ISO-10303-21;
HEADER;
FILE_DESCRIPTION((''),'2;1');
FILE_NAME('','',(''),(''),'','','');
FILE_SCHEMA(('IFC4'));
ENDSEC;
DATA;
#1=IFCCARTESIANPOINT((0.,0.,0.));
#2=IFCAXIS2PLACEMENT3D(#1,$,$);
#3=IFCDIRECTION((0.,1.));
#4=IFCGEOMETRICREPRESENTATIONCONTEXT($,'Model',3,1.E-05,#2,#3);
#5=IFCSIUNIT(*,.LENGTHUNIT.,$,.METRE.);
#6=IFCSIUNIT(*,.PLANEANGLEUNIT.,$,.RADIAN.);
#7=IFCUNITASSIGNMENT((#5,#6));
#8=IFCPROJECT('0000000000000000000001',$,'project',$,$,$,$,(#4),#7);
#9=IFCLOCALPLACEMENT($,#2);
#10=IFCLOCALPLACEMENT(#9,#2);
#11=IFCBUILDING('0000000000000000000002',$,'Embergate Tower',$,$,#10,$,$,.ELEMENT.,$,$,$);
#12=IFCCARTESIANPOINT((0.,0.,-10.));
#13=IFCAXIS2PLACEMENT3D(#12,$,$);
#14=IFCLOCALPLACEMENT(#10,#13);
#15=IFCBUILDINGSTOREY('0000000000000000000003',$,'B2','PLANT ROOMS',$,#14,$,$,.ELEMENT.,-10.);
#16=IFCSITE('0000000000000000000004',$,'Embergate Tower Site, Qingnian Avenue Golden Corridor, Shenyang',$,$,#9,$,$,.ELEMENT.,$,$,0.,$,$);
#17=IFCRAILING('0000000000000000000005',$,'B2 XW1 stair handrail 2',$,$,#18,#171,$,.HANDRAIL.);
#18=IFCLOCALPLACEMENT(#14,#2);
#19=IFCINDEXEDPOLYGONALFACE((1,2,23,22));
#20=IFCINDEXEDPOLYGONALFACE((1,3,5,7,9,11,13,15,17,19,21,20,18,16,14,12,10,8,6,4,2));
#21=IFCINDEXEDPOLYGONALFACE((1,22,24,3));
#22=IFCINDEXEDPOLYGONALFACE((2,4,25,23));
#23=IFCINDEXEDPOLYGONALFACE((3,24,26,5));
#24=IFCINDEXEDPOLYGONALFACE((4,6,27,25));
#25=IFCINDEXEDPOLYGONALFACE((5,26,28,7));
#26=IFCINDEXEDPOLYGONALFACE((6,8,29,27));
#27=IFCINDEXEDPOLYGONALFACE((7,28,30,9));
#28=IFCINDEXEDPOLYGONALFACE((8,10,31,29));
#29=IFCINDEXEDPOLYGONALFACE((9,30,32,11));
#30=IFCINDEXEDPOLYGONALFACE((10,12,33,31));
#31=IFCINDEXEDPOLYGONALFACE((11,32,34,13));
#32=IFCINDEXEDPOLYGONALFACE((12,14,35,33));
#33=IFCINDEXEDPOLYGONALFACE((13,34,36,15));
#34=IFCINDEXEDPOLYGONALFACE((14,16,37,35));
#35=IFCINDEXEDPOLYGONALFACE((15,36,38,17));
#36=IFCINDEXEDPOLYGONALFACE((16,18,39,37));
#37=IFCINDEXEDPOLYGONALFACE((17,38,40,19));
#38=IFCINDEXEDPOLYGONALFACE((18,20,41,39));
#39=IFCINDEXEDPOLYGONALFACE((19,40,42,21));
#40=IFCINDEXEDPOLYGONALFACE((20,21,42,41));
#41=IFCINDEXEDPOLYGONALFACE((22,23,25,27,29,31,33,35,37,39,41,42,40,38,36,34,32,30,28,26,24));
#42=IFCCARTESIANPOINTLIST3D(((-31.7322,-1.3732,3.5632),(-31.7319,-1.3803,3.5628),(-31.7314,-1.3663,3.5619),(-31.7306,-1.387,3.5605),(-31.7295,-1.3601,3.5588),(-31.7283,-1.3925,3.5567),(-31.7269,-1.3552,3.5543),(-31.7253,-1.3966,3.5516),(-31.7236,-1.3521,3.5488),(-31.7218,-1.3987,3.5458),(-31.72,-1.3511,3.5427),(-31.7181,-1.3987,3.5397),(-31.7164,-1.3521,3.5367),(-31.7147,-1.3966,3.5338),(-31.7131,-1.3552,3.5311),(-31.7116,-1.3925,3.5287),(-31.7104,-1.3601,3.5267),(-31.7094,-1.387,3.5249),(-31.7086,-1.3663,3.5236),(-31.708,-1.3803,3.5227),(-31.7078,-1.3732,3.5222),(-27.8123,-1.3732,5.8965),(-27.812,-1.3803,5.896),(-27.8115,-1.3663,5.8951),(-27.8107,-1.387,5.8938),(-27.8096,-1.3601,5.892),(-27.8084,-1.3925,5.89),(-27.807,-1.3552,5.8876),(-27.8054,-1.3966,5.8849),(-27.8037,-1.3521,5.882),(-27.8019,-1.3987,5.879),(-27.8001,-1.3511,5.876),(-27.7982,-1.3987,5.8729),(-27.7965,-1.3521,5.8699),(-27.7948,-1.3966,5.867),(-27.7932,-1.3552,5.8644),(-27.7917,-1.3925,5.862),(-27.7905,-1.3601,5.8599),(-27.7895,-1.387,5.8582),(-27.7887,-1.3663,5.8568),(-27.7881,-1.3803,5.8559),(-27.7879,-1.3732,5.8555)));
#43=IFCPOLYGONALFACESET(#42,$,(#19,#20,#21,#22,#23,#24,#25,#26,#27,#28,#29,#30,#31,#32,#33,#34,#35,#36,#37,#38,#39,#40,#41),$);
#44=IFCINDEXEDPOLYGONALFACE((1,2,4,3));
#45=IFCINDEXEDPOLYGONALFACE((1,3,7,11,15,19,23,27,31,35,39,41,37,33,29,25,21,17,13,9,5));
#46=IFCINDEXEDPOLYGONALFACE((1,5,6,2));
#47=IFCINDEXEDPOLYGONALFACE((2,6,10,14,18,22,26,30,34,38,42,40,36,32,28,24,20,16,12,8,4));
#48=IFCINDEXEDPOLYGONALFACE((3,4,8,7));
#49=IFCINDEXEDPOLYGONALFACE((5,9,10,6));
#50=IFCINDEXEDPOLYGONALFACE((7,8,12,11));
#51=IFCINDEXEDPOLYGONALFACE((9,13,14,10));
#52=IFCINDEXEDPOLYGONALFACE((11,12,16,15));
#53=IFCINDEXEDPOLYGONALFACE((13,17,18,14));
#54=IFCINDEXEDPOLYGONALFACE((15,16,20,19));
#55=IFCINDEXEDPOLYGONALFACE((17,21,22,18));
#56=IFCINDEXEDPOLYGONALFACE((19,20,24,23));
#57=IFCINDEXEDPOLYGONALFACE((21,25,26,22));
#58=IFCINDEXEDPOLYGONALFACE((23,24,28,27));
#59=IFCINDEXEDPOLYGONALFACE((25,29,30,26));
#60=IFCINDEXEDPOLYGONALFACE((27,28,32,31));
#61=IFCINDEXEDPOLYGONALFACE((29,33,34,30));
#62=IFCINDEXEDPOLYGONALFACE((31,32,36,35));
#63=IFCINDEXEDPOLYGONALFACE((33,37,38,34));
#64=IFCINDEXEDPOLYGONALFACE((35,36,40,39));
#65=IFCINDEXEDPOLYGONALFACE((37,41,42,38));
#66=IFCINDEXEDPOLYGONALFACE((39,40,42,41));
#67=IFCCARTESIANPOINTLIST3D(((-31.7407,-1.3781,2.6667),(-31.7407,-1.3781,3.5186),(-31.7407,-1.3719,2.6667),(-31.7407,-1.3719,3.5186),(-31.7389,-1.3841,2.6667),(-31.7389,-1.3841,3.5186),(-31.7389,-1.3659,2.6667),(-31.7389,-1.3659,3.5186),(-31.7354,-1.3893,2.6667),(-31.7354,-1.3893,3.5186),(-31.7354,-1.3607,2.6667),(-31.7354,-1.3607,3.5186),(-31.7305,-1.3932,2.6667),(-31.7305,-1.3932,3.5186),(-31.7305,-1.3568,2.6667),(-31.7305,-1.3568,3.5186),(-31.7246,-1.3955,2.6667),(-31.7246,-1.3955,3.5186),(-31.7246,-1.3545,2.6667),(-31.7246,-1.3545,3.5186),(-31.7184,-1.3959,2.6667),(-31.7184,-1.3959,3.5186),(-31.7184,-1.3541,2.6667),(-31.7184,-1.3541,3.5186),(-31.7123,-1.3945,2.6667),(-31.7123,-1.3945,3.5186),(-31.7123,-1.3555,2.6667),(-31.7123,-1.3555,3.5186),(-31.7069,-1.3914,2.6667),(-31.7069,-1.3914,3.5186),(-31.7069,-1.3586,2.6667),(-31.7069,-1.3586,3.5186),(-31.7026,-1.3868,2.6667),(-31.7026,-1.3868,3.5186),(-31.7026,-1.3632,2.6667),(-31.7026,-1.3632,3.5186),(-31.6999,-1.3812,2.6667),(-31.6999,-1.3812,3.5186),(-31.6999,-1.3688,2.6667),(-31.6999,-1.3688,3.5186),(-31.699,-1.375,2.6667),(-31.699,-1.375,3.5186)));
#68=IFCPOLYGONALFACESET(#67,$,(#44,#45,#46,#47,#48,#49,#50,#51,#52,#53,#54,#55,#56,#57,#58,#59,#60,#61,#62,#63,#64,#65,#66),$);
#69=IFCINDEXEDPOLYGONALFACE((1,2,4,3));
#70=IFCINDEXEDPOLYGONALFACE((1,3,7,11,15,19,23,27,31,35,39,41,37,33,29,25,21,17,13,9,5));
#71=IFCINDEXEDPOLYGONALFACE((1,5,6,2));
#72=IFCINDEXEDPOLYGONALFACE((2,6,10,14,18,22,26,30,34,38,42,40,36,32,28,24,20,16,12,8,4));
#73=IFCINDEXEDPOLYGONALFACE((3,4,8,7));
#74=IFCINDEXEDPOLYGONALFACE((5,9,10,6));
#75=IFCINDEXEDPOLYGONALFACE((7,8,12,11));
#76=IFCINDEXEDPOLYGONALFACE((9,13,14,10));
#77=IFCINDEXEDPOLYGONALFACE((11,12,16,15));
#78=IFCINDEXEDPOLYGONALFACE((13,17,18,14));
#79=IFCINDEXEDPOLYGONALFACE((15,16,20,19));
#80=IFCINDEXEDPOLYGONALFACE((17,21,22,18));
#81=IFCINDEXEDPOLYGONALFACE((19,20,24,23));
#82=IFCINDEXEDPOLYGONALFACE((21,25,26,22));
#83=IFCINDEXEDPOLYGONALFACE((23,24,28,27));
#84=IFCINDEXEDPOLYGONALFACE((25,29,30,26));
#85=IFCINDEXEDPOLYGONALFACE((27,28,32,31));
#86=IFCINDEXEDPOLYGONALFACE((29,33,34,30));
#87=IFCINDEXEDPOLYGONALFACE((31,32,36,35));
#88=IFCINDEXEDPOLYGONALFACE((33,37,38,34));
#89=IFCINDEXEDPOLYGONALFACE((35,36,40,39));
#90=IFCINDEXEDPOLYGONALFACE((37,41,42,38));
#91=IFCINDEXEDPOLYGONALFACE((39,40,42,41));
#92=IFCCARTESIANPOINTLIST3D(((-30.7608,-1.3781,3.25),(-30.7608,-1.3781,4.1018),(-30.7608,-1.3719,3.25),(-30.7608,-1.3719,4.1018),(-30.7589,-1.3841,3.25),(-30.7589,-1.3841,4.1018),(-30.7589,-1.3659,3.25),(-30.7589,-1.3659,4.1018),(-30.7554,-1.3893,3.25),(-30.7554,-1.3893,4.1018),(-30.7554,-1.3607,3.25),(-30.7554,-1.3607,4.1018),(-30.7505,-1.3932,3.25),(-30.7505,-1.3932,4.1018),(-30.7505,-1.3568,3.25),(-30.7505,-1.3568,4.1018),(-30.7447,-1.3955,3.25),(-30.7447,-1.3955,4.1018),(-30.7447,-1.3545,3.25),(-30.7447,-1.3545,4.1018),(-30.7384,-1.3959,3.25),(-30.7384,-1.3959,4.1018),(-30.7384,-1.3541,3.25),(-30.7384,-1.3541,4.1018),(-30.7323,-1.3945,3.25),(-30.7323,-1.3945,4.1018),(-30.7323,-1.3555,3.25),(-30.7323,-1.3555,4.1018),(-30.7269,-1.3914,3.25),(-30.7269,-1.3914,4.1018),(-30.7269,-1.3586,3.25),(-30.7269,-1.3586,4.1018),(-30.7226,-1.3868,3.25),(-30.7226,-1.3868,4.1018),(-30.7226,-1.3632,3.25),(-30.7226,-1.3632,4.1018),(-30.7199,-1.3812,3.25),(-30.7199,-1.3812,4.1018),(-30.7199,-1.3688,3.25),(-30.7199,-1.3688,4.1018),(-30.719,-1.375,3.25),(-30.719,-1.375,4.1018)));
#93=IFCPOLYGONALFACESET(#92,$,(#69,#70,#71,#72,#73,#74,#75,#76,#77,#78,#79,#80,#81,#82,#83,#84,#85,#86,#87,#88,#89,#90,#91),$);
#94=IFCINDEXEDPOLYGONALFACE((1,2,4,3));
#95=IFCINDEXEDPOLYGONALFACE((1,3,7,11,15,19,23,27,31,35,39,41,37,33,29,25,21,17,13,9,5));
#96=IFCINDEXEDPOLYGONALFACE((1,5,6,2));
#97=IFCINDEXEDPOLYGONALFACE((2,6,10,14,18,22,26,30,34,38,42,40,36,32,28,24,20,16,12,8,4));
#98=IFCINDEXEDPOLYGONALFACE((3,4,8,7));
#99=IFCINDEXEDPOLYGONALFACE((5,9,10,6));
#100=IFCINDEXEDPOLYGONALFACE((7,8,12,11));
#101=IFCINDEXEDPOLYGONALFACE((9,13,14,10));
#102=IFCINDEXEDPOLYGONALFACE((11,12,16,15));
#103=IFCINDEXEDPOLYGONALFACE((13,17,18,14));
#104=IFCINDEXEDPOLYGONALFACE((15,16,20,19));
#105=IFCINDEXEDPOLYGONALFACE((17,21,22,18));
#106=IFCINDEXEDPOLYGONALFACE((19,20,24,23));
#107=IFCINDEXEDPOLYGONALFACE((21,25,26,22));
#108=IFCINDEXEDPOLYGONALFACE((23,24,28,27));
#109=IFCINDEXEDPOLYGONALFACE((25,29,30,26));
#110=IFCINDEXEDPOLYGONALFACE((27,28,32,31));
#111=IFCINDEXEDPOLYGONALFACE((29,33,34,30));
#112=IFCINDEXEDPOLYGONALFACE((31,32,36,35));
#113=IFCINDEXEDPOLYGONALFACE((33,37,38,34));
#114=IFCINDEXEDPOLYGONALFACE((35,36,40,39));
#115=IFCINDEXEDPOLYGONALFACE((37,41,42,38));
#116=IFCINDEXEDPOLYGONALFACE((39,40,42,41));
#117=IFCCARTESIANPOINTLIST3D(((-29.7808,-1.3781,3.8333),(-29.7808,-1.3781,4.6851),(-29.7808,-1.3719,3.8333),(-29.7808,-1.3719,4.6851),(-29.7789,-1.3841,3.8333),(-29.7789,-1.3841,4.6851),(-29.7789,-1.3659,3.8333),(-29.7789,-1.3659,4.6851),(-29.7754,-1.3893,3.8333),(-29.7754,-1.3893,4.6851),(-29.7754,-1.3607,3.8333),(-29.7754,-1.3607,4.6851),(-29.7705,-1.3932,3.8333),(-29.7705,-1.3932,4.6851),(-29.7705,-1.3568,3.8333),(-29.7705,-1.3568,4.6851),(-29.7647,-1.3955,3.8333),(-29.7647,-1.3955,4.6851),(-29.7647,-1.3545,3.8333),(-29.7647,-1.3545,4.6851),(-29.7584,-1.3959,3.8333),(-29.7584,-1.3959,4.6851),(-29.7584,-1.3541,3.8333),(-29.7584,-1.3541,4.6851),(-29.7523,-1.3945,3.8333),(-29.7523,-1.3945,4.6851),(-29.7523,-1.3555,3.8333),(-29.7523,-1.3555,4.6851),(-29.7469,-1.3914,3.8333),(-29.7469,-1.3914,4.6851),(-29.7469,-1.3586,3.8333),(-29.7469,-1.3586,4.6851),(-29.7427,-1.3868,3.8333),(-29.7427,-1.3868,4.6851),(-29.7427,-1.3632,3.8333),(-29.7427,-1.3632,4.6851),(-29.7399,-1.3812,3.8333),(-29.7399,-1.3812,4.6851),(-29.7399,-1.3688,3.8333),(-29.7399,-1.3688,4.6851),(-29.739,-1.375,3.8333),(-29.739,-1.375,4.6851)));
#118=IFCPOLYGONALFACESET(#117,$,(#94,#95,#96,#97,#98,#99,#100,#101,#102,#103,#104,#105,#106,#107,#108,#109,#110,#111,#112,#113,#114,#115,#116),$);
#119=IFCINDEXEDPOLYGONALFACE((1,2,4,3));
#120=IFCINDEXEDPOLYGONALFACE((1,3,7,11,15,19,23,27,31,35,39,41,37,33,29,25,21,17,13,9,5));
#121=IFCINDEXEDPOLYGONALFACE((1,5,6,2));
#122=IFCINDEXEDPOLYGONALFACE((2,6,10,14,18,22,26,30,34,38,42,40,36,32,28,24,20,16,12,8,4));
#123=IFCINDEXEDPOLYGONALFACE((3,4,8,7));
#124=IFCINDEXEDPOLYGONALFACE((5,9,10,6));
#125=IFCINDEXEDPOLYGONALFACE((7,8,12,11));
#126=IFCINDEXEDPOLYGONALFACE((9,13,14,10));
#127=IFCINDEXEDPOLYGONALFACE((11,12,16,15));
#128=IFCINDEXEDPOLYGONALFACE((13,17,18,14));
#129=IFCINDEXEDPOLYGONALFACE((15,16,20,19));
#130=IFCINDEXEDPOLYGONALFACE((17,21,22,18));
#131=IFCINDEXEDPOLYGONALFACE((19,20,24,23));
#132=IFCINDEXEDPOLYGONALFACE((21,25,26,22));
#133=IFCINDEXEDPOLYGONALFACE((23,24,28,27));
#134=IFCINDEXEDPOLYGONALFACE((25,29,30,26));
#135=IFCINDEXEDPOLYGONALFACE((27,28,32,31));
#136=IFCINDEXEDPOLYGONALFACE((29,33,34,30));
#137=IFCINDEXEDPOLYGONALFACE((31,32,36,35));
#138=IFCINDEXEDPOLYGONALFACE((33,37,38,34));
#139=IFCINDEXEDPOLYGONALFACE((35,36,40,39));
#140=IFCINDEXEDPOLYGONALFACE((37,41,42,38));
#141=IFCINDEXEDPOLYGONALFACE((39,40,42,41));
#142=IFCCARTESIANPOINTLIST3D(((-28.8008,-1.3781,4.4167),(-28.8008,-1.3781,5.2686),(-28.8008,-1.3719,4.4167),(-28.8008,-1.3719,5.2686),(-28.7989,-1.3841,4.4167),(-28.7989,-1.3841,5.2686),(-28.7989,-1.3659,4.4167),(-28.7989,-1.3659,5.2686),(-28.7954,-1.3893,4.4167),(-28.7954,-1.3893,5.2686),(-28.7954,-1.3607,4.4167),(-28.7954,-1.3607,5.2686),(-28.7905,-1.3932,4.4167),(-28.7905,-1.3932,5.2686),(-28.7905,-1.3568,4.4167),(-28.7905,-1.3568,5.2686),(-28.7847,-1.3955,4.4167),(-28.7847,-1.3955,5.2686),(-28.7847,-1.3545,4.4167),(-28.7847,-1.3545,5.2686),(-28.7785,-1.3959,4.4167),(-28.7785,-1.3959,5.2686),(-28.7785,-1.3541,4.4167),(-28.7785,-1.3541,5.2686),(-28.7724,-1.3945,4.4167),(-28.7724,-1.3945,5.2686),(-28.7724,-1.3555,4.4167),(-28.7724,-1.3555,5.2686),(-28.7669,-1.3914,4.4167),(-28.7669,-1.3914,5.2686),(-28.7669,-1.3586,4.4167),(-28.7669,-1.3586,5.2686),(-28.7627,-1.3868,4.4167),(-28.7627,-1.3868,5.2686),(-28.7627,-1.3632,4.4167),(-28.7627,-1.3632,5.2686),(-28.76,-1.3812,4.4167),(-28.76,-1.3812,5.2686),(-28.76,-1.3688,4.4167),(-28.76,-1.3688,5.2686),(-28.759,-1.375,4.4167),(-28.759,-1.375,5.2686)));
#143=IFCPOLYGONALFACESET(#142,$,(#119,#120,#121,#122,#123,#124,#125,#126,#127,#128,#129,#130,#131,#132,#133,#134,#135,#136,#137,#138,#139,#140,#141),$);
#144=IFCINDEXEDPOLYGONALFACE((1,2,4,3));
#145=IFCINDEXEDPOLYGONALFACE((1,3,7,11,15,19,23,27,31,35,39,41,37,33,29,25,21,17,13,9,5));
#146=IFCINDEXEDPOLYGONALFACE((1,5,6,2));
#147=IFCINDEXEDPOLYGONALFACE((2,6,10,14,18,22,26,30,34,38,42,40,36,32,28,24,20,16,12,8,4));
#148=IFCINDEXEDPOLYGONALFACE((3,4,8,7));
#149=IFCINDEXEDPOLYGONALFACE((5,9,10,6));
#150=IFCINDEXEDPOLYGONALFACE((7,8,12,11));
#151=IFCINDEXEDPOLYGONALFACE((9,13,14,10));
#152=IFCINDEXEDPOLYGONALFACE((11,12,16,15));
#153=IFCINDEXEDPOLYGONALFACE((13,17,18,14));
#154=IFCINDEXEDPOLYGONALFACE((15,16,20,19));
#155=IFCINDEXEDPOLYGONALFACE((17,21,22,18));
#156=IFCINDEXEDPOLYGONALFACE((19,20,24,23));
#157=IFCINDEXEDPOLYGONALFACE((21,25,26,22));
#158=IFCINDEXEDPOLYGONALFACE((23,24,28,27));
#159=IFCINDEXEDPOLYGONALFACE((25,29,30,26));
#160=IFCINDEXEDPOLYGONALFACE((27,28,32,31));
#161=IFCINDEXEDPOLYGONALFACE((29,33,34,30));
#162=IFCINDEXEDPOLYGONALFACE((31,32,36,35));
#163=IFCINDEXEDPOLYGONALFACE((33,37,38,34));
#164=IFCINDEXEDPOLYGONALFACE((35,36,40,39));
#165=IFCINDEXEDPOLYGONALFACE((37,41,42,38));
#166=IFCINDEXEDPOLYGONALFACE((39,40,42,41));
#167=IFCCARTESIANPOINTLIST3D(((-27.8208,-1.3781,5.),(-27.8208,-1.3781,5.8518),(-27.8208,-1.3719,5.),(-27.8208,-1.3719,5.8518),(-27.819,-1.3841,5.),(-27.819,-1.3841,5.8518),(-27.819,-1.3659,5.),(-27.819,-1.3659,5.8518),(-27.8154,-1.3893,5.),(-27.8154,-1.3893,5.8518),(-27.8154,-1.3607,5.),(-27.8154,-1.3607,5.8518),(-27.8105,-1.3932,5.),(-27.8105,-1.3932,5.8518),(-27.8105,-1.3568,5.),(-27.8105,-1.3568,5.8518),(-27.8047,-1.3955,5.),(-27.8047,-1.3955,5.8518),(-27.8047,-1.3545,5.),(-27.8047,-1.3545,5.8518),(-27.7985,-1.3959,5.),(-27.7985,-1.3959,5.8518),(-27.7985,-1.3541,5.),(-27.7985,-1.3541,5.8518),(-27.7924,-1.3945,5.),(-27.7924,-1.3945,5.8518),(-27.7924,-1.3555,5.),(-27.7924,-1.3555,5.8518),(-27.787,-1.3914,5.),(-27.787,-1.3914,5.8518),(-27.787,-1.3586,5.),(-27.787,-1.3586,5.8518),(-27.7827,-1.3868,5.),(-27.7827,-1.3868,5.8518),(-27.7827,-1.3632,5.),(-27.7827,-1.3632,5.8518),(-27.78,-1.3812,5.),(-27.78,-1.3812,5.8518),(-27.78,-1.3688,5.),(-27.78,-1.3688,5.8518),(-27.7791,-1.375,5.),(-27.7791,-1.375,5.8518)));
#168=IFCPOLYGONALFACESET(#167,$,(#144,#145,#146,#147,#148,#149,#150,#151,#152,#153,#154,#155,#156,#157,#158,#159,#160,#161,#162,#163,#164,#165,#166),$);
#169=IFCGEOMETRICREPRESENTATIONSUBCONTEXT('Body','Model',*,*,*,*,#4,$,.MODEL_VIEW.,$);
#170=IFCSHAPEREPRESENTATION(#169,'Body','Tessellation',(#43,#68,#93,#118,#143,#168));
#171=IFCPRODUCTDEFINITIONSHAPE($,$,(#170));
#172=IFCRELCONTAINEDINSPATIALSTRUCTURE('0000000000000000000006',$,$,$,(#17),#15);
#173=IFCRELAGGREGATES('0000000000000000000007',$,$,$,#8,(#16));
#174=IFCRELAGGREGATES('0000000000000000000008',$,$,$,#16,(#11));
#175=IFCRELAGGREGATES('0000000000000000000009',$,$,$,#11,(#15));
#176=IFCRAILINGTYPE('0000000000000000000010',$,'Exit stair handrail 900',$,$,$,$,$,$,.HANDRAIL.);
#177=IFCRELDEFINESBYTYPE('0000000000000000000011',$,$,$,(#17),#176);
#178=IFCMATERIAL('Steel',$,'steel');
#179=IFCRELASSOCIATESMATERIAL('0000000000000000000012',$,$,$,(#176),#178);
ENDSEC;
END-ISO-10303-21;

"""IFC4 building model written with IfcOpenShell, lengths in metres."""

from ifc_helpers import new_model, si_unit, direction, frame, origin, origin_2d, place, context, subcontext, project, spatial, circle, extrude, source, transform, mapped, material, type_object, element, save


model = new_model("IFC4")

# Units and contexts
model_context = context("Model", 3, precision=1e-05, world=origin(), true_north=direction((0.0, 1.0)))
body_context = subcontext(model_context, "Body", "Model", "MODEL_VIEW")
ifc_project = project(units=[si_unit("LENGTHUNIT", "METRE"), si_unit("PLANEANGLEUNIT", "RADIAN")], contexts=[model_context])

# Site, building, storey
site_placement = place(None, origin())
site = spatial("IfcSite", under=ifc_project, at=site_placement, Name="Embergate Tower Site, Qingnian Avenue Golden Corridor, Shenyang", CompositionType="ELEMENT", RefElevation=0.0)
building_placement = place(site_placement, origin())
building = spatial("IfcBuilding", under=site, at=building_placement, Name="Embergate Tower", CompositionType="ELEMENT")
storey_placement = place(building_placement, frame((0.0, 0.0, -10.0)))
storey = spatial("IfcBuildingStorey", under=building, at=storey_placement, Name="B2", Description="PLANT ROOMS", CompositionType="ELEMENT", Elevation=-10.0)

# Railing
ifc_material_1 = material(Name="Steel", Category="steel")
railing_type_1 = type_object("IfcRailingType", Name="Exit stair handrail 900", PredefinedType="HANDRAIL", material=ifc_material_1)
shared_shape_1 = source(origin(), body_context, "Body", "SweptSolid", [
    extrude(circle(Radius=0.0239, at=origin_2d()), frame((0.0, 0.0, 0.876), z_axis=(0.859296, 0.0, 0.511478), x_axis=(0.0, 1.0, 0.0)), (0.0, 0.0, 1.0), 4.5618),
    extrude(circle(Radius=0.021, at=origin_2d()), origin(), (0.0, 0.0, 1.0), 0.8518),
    extrude(circle(Radius=0.021, at=origin_2d()), frame((0.98, 0.0, 0.5833)), (0.0, 0.0, 1.0), 0.8518),
    extrude(circle(Radius=0.021, at=origin_2d()), frame((1.96, 0.0, 1.1665)), (0.0, 0.0, 1.0), 0.8518),
    extrude(circle(Radius=0.021, at=origin_2d()), frame((2.9399, 0.0, 1.75)), (0.0, 0.0, 1.0), 0.8518),
    extrude(circle(Radius=0.021, at=origin_2d()), frame((3.9199, 0.0, 2.3333)), (0.0, 0.0, 1.0), 0.8518),
])
railing_1_placement = place(storey_placement, frame((-31.72, -1.375, 2.6667)))
element("IfcRailing", 1, at=railing_1_placement, inside=storey, type_object=railing_type_1, Name="B2 XW1 stair handrail 2", PredefinedType="HANDRAIL", context=body_context, shape_type="MappedRepresentation", body=[
    mapped(shared_shape_1, transform((0.0, 0.0, 0.0))),
])

save(model, "model.ifc")
